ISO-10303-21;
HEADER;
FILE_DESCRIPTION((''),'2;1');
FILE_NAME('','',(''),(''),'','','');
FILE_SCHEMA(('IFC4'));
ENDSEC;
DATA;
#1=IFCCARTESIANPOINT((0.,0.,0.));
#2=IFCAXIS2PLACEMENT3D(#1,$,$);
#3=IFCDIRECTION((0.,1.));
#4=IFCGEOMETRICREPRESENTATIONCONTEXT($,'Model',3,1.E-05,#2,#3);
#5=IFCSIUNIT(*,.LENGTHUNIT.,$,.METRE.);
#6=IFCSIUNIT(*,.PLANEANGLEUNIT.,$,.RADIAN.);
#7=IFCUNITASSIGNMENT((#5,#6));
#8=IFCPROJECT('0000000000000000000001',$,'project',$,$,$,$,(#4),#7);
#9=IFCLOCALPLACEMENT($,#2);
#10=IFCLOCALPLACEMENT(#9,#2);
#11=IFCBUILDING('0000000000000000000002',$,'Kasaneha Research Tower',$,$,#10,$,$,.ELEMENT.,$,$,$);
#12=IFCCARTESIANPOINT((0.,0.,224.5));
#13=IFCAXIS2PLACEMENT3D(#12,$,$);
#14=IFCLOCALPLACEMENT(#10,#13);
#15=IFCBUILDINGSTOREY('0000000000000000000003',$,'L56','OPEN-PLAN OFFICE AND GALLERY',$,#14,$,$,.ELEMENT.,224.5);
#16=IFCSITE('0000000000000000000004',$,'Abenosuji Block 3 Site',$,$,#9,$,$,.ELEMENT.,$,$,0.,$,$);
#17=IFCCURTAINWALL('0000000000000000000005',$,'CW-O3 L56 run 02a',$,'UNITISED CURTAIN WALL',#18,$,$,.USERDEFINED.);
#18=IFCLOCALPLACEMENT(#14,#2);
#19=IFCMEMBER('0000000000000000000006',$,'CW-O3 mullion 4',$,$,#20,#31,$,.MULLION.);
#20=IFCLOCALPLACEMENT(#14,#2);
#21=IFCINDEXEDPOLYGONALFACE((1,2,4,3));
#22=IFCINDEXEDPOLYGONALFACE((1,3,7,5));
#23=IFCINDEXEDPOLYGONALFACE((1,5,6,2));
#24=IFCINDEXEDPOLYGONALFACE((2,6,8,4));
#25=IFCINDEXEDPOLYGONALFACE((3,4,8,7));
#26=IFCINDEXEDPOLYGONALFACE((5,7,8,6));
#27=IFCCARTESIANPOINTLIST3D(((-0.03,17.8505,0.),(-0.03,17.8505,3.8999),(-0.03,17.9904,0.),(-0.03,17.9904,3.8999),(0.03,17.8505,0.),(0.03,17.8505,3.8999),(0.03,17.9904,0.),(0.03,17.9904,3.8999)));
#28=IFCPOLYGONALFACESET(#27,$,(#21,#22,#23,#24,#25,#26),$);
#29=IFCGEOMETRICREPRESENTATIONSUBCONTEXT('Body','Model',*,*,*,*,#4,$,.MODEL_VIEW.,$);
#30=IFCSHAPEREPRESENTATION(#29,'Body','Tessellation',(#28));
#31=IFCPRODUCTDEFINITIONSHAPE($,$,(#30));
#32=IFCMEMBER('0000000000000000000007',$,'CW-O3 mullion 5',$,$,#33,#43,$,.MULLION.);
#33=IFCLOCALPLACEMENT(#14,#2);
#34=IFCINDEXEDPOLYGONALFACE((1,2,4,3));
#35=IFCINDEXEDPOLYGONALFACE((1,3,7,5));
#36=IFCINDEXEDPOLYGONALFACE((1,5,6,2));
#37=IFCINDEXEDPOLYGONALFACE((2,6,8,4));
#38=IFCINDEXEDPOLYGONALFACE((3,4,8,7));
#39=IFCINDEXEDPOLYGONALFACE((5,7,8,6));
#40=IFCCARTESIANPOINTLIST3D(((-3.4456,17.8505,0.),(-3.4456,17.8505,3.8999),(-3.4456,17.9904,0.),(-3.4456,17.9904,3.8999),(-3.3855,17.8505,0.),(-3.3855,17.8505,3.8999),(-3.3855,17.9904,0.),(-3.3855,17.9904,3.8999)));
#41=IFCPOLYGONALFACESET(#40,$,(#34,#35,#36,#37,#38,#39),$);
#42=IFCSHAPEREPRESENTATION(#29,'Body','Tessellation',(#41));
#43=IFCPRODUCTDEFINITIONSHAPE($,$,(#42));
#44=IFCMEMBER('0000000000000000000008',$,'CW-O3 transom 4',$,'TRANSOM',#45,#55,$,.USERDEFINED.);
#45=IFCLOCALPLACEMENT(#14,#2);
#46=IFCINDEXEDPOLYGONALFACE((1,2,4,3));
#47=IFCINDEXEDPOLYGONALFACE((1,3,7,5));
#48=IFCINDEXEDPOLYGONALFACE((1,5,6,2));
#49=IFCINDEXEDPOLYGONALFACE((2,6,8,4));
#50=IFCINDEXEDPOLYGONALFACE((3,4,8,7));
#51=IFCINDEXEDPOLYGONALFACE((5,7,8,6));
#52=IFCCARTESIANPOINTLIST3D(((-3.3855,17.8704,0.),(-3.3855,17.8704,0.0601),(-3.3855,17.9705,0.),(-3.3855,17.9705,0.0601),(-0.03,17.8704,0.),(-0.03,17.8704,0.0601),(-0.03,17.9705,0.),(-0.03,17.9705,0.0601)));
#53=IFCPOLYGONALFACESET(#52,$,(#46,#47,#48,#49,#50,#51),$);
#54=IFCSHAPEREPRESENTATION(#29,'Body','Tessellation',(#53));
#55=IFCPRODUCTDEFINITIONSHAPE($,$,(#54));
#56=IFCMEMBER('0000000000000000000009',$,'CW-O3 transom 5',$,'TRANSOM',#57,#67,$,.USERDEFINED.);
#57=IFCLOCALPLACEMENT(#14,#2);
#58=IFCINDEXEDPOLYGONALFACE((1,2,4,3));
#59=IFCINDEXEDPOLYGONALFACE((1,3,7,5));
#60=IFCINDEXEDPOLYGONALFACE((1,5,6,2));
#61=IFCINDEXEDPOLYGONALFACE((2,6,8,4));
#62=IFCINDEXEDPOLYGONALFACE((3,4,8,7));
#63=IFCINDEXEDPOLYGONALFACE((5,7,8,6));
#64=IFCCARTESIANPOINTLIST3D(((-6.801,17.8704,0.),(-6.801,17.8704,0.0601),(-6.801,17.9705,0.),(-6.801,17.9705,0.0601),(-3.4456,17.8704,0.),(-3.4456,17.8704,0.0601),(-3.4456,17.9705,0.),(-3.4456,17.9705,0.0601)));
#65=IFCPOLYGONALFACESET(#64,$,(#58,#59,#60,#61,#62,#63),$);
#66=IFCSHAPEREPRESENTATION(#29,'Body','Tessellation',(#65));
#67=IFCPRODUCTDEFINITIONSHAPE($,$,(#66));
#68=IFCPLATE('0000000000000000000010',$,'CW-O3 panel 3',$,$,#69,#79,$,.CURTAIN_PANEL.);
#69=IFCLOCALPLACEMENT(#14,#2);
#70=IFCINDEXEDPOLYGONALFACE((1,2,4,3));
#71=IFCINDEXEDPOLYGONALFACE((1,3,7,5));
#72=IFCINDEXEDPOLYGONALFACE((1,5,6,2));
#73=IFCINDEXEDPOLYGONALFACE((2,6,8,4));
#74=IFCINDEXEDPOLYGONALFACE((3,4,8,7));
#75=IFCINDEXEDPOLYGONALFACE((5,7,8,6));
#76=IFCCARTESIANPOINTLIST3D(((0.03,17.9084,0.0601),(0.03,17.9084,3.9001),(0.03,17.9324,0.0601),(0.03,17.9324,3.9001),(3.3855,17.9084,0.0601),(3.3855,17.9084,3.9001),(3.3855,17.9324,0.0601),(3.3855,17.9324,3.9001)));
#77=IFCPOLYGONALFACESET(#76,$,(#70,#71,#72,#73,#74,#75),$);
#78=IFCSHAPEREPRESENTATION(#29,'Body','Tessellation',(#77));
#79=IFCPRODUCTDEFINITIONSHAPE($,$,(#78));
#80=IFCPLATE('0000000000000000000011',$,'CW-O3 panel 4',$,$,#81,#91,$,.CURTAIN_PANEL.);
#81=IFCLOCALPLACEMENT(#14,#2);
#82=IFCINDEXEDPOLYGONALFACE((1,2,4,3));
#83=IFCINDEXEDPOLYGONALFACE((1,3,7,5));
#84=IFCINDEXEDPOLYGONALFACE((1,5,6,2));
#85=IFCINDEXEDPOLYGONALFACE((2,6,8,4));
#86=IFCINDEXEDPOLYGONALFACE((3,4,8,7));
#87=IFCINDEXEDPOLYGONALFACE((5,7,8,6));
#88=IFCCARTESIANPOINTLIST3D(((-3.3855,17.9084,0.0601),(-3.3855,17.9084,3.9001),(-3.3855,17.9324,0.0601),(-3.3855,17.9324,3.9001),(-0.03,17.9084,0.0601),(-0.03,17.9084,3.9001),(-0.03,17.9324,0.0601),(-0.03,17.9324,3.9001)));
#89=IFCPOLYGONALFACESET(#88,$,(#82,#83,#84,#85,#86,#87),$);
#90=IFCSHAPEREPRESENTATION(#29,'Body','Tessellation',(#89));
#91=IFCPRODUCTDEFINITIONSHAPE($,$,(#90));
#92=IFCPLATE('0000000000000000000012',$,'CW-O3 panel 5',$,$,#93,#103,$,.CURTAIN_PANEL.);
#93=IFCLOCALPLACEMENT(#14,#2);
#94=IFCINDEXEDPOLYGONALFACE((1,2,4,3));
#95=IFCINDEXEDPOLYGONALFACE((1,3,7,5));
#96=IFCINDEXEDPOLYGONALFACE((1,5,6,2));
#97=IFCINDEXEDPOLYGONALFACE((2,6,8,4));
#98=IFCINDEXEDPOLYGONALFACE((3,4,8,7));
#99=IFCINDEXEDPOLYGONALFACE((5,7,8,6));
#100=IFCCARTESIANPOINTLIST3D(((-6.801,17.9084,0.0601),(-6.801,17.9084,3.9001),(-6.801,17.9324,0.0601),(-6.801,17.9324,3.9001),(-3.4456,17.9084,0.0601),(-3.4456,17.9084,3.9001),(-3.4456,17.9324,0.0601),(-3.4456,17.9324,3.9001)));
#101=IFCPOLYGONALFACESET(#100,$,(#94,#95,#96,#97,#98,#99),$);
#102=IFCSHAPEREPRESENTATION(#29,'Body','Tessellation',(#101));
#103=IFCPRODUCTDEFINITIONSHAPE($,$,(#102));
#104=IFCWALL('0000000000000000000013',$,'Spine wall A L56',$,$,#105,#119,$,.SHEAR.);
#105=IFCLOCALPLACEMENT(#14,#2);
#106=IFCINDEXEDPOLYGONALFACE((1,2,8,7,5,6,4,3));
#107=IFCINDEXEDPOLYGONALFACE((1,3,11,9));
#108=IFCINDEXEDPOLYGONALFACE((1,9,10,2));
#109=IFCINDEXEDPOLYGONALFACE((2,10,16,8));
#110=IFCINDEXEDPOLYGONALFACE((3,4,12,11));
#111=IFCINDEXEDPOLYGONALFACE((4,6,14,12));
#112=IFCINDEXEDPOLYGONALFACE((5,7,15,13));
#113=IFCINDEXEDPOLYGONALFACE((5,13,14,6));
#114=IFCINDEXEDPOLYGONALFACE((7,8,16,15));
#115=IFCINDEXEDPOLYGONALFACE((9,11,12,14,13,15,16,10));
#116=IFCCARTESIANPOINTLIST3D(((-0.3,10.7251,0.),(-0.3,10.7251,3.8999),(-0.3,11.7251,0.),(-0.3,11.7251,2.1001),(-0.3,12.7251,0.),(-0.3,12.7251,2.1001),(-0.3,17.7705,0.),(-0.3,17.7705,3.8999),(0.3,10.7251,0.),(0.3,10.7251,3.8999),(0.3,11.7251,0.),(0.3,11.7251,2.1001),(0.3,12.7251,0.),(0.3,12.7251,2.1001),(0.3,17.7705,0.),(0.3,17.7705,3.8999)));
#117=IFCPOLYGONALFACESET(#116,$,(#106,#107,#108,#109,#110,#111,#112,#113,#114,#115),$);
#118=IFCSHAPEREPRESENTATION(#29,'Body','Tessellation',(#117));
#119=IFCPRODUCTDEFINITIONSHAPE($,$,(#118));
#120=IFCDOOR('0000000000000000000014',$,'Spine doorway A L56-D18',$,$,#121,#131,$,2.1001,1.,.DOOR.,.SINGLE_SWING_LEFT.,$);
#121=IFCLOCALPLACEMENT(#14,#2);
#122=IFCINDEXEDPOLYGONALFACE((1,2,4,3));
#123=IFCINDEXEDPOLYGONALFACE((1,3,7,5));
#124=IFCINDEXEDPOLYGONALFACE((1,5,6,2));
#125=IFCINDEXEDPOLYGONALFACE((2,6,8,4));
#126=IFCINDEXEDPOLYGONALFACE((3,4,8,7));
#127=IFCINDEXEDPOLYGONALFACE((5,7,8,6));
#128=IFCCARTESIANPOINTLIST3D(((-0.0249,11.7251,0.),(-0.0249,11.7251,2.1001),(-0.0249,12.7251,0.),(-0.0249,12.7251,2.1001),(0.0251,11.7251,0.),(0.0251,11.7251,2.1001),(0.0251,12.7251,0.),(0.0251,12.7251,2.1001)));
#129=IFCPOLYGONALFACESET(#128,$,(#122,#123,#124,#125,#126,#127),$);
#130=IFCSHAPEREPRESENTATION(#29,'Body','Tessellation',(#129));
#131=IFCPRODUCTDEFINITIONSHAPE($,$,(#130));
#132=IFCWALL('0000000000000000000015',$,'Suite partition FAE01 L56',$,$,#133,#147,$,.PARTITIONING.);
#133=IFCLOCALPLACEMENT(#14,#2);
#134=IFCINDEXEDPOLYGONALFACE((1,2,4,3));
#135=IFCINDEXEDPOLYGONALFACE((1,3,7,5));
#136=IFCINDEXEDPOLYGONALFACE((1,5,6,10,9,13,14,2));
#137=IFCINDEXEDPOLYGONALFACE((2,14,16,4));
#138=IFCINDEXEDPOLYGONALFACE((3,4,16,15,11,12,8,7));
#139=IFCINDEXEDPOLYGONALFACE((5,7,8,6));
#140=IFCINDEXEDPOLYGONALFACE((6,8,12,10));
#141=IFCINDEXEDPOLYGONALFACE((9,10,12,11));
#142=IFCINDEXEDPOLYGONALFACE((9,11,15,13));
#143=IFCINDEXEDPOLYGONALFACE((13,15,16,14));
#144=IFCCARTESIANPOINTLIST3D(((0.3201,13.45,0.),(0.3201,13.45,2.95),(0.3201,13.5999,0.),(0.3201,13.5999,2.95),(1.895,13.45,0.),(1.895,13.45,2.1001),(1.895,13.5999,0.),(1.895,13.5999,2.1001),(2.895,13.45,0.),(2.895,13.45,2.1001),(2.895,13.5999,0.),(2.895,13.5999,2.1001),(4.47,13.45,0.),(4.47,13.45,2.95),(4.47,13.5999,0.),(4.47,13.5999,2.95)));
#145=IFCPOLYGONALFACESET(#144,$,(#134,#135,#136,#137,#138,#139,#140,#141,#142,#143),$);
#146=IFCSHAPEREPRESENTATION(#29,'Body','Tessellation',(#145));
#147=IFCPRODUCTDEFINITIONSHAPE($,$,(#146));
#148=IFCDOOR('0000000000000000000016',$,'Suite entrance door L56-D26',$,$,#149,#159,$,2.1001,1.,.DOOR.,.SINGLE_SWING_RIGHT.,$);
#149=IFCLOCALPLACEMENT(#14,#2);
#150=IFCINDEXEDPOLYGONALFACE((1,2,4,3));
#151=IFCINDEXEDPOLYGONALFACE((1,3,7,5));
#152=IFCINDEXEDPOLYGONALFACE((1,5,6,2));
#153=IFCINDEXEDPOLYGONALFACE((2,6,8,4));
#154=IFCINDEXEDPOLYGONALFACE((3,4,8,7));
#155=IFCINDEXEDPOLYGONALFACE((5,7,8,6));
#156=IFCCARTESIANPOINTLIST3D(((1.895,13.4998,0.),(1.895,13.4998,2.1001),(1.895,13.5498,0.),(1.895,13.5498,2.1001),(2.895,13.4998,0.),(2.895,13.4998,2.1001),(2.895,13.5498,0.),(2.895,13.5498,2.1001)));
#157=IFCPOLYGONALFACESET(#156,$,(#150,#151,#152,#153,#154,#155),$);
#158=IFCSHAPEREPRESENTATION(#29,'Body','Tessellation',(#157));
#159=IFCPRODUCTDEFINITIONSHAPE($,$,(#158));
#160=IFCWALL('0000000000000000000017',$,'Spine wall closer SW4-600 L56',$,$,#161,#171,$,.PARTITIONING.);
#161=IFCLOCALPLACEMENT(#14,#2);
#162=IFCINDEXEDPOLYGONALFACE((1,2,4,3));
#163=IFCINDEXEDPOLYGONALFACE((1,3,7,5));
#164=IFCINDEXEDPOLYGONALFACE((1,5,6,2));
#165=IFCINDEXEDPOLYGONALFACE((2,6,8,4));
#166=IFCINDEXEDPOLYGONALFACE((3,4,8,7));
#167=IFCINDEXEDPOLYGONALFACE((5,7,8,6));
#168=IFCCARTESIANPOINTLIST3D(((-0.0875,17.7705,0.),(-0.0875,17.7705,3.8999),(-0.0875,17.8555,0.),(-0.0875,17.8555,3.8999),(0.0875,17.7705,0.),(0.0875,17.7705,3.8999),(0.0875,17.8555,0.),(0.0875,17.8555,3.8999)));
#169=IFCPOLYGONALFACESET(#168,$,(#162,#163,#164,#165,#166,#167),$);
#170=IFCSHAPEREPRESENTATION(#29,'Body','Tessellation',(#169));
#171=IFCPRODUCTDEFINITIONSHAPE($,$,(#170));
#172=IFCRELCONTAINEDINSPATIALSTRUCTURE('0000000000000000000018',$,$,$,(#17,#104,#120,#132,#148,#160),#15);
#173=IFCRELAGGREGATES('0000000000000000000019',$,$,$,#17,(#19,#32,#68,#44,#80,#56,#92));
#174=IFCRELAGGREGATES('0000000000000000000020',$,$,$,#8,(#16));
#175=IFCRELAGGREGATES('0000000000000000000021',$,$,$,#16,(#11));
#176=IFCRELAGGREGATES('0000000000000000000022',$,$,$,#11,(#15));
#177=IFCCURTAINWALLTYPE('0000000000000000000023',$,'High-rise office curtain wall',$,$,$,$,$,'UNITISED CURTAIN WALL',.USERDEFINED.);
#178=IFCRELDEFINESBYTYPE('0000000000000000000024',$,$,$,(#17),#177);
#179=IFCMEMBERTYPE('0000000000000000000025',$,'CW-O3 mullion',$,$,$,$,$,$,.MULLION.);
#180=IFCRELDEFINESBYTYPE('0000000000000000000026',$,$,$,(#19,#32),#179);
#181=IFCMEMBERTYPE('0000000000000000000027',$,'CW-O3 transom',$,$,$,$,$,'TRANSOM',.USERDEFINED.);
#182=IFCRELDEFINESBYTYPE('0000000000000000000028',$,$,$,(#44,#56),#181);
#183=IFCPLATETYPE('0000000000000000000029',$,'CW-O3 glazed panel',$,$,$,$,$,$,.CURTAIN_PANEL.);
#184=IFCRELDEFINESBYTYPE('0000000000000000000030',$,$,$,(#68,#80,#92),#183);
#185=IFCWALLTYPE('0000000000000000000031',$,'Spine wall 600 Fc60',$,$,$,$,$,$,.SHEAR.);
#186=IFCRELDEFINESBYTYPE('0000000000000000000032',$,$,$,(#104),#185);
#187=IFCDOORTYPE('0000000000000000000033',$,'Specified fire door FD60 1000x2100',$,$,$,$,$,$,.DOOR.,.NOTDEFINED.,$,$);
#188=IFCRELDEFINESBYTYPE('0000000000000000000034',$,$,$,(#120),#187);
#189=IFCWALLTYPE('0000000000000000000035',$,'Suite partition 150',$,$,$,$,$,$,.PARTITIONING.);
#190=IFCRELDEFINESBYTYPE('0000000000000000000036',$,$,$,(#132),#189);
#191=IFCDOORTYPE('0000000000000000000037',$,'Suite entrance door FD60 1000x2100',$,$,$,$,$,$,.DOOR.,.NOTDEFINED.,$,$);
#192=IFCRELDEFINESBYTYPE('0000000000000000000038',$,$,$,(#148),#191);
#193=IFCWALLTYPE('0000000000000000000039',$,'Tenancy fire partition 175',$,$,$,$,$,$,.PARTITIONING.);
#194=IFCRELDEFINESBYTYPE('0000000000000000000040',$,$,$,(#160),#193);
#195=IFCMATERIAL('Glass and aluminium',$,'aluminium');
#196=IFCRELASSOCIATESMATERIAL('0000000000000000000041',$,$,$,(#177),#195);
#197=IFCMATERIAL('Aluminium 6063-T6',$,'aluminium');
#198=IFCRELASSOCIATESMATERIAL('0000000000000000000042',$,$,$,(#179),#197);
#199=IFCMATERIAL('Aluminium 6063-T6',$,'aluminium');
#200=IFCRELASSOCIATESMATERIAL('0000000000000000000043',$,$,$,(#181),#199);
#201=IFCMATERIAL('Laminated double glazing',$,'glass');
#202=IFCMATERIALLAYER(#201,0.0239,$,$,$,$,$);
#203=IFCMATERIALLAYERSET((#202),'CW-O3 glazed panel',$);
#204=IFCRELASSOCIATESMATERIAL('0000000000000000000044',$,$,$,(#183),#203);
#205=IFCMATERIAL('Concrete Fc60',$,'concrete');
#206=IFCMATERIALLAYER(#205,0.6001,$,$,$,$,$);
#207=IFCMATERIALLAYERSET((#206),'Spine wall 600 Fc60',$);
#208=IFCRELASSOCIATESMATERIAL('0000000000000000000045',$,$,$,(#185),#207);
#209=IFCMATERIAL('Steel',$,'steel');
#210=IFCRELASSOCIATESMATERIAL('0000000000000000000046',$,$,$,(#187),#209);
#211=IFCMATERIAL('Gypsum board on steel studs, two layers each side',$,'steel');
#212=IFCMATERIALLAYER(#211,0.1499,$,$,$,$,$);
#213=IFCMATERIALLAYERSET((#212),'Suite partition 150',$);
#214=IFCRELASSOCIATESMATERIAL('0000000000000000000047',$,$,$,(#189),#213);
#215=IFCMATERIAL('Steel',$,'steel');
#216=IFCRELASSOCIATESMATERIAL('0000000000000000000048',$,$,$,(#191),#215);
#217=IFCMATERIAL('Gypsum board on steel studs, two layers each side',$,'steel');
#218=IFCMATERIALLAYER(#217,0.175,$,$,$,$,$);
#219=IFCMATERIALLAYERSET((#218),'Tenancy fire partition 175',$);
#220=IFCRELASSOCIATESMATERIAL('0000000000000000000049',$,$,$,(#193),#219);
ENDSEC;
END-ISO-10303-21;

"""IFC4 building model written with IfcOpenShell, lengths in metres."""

from ifc_helpers import new_model, si_unit, direction, frame, frame_2d, origin, origin_2d, place, context, subcontext, project, spatial, rectangle, extrude, material, layer, layer_set, material_profile, profile_set, type_object, element, fill, aggregate, save


model = new_model("IFC4")

# Units and contexts
model_context = context("Model", 3, precision=1e-05, world=origin(), true_north=direction((0.0, 1.0)))
body_context = subcontext(model_context, "Body", "Model", "MODEL_VIEW")
ifc_project = project(units=[si_unit("LENGTHUNIT", "METRE"), si_unit("PLANEANGLEUNIT", "RADIAN")], contexts=[model_context])

# Site, building, storey
site_placement = place(None, origin())
site = spatial("IfcSite", under=ifc_project, at=site_placement, Name="Abenosuji Block 3 Site", CompositionType="ELEMENT", RefElevation=0.0)
building_placement = place(site_placement, origin())
building = spatial("IfcBuilding", under=site, at=building_placement, Name="Kasaneha Research Tower", CompositionType="ELEMENT")
storey_placement = place(building_placement, frame((0.0, 0.0, 224.5)))
storey = spatial("IfcBuildingStorey", under=building, at=storey_placement, Name="L56", Description="OPEN-PLAN OFFICE AND GALLERY", CompositionType="ELEMENT", Elevation=224.5)

# Curtain wall, members, plates
ifc_material_1 = material(Name="Glass and aluminium", Category="aluminium")
curtain_wall_type = type_object("IfcCurtainWallType", Name="High-rise office curtain wall", ElementType="UNITISED CURTAIN WALL", PredefinedType="USERDEFINED", material=ifc_material_1)
curtain_wall_placement = place(storey_placement, origin())
curtain_wall = element("IfcCurtainWall", 1, at=curtain_wall_placement, inside=storey, type_object=curtain_wall_type, Name="CW-O3 L56 run 02a", ObjectType="UNITISED CURTAIN WALL", PredefinedType="USERDEFINED")
ifc_material_2 = material(Name="Aluminium 6063-T6", Category="aluminium")
ifc_material_profile_1 = material_profile(ifc_material_2, rectangle(XDim=0.0601, YDim=0.1399, at=origin_2d()), Name="CW-O3 mullion 60x140")
ifc_profile_set_1 = profile_set([ifc_material_profile_1], Name="Aluminium 6063-T6")
member_type_1 = type_object("IfcMemberType", Name="CW-O3 mullion", PredefinedType="MULLION", material=ifc_profile_set_1)
member_1_placement = place(storey_placement, frame((0.0, 17.9204, 0.0), z_axis=(0.0, 0.0, 1.0), x_axis=(-1.0, 0.0, 0.0)))
member_1 = element("IfcMember", 2, at=member_1_placement, type_object=member_type_1, Name="CW-O3 mullion 4", PredefinedType="MULLION", context=body_context, shape_type="SweptSolid", body=[
    extrude(rectangle(XDim=0.0601, YDim=0.1399, at=origin_2d()), origin(), (0.0, 0.0, 1.0), 3.8999),
])
member_2_placement = place(storey_placement, frame((-3.4155, 17.9204, 0.0), z_axis=(0.0, 0.0, 1.0), x_axis=(-1.0, 0.0, 0.0)))
member_2 = element("IfcMember", 3, at=member_2_placement, type_object=member_type_1, Name="CW-O3 mullion 5", PredefinedType="MULLION", context=body_context, shape_type="SweptSolid", body=[
    extrude(rectangle(XDim=0.0601, YDim=0.1399, at=origin_2d()), origin(), (0.0, 0.0, 1.0), 3.8999),
])
ifc_material_3 = material(Name="Aluminium 6063-T6", Category="aluminium")
ifc_material_profile_2 = material_profile(ifc_material_3, rectangle(XDim=0.1001, YDim=0.0601, at=origin_2d()), Name="CW-O3 transom 100x60")
ifc_profile_set_2 = profile_set([ifc_material_profile_2], Name="Aluminium 6063-T6")
member_type_2 = type_object("IfcMemberType", Name="CW-O3 transom", ElementType="TRANSOM", PredefinedType="USERDEFINED", material=ifc_profile_set_2)
member_3_placement = place(storey_placement, frame((-0.03, 17.9204, 0.03), z_axis=(-1.0, 0.0, 0.0), x_axis=(0.0, -1.0, 0.0)))
member_3 = element("IfcMember", 4, at=member_3_placement, type_object=member_type_2, Name="CW-O3 transom 4", ObjectType="TRANSOM", PredefinedType="USERDEFINED", context=body_context, shape_type="SweptSolid", body=[
    extrude(rectangle(XDim=0.1001, YDim=0.0601, at=origin_2d()), origin(), (0.0, 0.0, 1.0), 3.3555),
])
member_4_placement = place(storey_placement, frame((-3.4456, 17.9204, 0.03), z_axis=(-1.0, 0.0, 0.0), x_axis=(0.0, -1.0, 0.0)))
member_4 = element("IfcMember", 5, at=member_4_placement, type_object=member_type_2, Name="CW-O3 transom 5", ObjectType="TRANSOM", PredefinedType="USERDEFINED", context=body_context, shape_type="SweptSolid", body=[
    extrude(rectangle(XDim=0.1001, YDim=0.0601, at=origin_2d()), origin(), (0.0, 0.0, 1.0), 3.3555),
])
ifc_material_4 = material(Name="Laminated double glazing", Category="glass")
ifc_layer_1 = layer(ifc_material_4, 0.0239)
ifc_layer_set_1 = layer_set([ifc_layer_1], Name="CW-O3 glazed panel")
plate_type = type_object("IfcPlateType", Name="CW-O3 glazed panel", PredefinedType="CURTAIN_PANEL", material=ifc_layer_set_1)
plate_1_placement = place(storey_placement, frame((1.7078, 17.9204, 0.0601), z_axis=(0.0, 0.0, 1.0), x_axis=(-1.0, 0.0, 0.0)))
plate_1 = element("IfcPlate", 6, at=plate_1_placement, type_object=plate_type, Name="CW-O3 panel 3", PredefinedType="CURTAIN_PANEL", context=body_context, shape_type="SweptSolid", body=[
    extrude(rectangle(XDim=3.3555, YDim=0.0239, at=origin_2d()), origin(), (0.0, 0.0, 1.0), 3.8401),
])
plate_2_placement = place(storey_placement, frame((-1.7078, 17.9204, 0.0601), z_axis=(0.0, 0.0, 1.0), x_axis=(-1.0, 0.0, 0.0)))
plate_2 = element("IfcPlate", 7, at=plate_2_placement, type_object=plate_type, Name="CW-O3 panel 4", PredefinedType="CURTAIN_PANEL", context=body_context, shape_type="SweptSolid", body=[
    extrude(rectangle(XDim=3.3555, YDim=0.0239, at=origin_2d()), origin(), (0.0, 0.0, 1.0), 3.8401),
])
plate_3_placement = place(storey_placement, frame((-5.1233, 17.9204, 0.0601), z_axis=(0.0, 0.0, 1.0), x_axis=(-1.0, 0.0, 0.0)))
plate_3 = element("IfcPlate", 8, at=plate_3_placement, type_object=plate_type, Name="CW-O3 panel 5", PredefinedType="CURTAIN_PANEL", context=body_context, shape_type="SweptSolid", body=[
    extrude(rectangle(XDim=3.3555, YDim=0.0239, at=origin_2d()), origin(), (0.0, 0.0, 1.0), 3.8401),
])
aggregate(curtain_wall, [member_1, member_2, plate_1, member_3, plate_2, member_4, plate_3])

# Walls, openings, doors
ifc_material_5 = material(Name="Concrete Fc60", Category="concrete")
ifc_layer_2 = layer(ifc_material_5, 0.6001)
ifc_layer_set_2 = layer_set([ifc_layer_2], Name="Spine wall 600 Fc60")
wall_type_1 = type_object("IfcWallType", Name="Spine wall 600 Fc60", PredefinedType="SHEAR", material=ifc_layer_set_2)
wall_1_placement = place(storey_placement, frame((0.0, 10.7251, 0.0), z_axis=(0.0, 0.0, 1.0), x_axis=(0.0, 1.0, 0.0)))
wall_1 = element("IfcWall", 9, at=wall_1_placement, inside=storey, type_object=wall_type_1, Name="Spine wall A L56", PredefinedType="SHEAR", context=body_context, shape_type="SweptSolid", body=[
    extrude(rectangle(XDim=7.0454, YDim=0.6001, at=frame_2d((3.5227, 0.0))), origin(), (0.0, 0.0, 1.0), 3.8999),
])
opening_1_placement = place(wall_1_placement, frame((1.0, 0.0, 0.0)))
opening_1 = element("IfcOpeningElement", 10, at=opening_1_placement, cuts=wall_1, PredefinedType="OPENING", context=body_context, shape_type="SweptSolid", body=[
    extrude(rectangle(XDim=1.0, YDim=2.1001, at=frame_2d((0.5, 1.05))), frame((0.0, 0.3101, 0.0), z_axis=(0.0, -1.0, 0.0), x_axis=(1.0, 0.0, 0.0)), (0.0, 0.0, 1.0), 0.6201),
])
ifc_material_6 = material(Name="Steel", Category="steel")
door_type_1 = type_object("IfcDoorType", Name="Specified fire door FD60 1000x2100", OperationType="NOTDEFINED", PredefinedType="DOOR", material=ifc_material_6)
door_1_placement = place(opening_1_placement, origin())
door_1 = element("IfcDoor", 11, at=door_1_placement, inside=storey, type_object=door_type_1, Name="Spine doorway A L56-D18", OperationType="SINGLE_SWING_LEFT", OverallHeight=2.1001, OverallWidth=1.0, PredefinedType="DOOR", context=body_context, shape_type="SweptSolid", body=[
    extrude(rectangle(XDim=1.0, YDim=2.1001, at=frame_2d((0.5, 1.05))), frame((0.0, 0.0249, 0.0), z_axis=(0.0, -1.0, 0.0), x_axis=(1.0, 0.0, 0.0)), (0.0, 0.0, 1.0), 0.05),
])
fill(opening_1, door_1)
ifc_material_7 = material(Name="Gypsum board on steel studs, two layers each side", Category="steel")
ifc_layer_3 = layer(ifc_material_7, 0.1499)
ifc_layer_set_3 = layer_set([ifc_layer_3], Name="Suite partition 150")
wall_type_2 = type_object("IfcWallType", Name="Suite partition 150", PredefinedType="PARTITIONING", material=ifc_layer_set_3)
wall_2_placement = place(storey_placement, frame((0.3201, 13.5249, 0.0), z_axis=(0.0, 0.0, 1.0), x_axis=(1.0, 0.0, 0.0)))
wall_2 = element("IfcWall", 12, at=wall_2_placement, inside=storey, type_object=wall_type_2, Name="Suite partition FAE01 L56", PredefinedType="PARTITIONING", context=body_context, shape_type="SweptSolid", body=[
    extrude(rectangle(XDim=4.1499, YDim=0.1499, at=frame_2d((2.075, 0.0))), origin(), (0.0, 0.0, 1.0), 2.95),
])
opening_2_placement = place(wall_2_placement, frame((1.575, 0.0, 0.0)))
opening_2 = element("IfcOpeningElement", 13, at=opening_2_placement, cuts=wall_2, PredefinedType="OPENING", context=body_context, shape_type="SweptSolid", body=[
    extrude(rectangle(XDim=1.0, YDim=2.1001, at=frame_2d((0.5, 1.05))), frame((0.0, 0.085, 0.0), z_axis=(0.0, -1.0, 0.0), x_axis=(1.0, 0.0, 0.0)), (0.0, 0.0, 1.0), 0.1699),
])
ifc_material_8 = material(Name="Steel", Category="steel")
door_type_2 = type_object("IfcDoorType", Name="Suite entrance door FD60 1000x2100", OperationType="NOTDEFINED", PredefinedType="DOOR", material=ifc_material_8)
door_2_placement = place(opening_2_placement, origin())
door_2 = element("IfcDoor", 14, at=door_2_placement, inside=storey, type_object=door_type_2, Name="Suite entrance door L56-D26", OperationType="SINGLE_SWING_RIGHT", OverallHeight=2.1001, OverallWidth=1.0, PredefinedType="DOOR", context=body_context, shape_type="SweptSolid", body=[
    extrude(rectangle(XDim=1.0, YDim=2.1001, at=frame_2d((0.5, 1.05))), frame((0.0, 0.0249, 0.0), z_axis=(0.0, -1.0, 0.0), x_axis=(1.0, 0.0, 0.0)), (0.0, 0.0, 1.0), 0.05),
])
fill(opening_2, door_2)

# Wall
ifc_material_9 = material(Name="Gypsum board on steel studs, two layers each side", Category="steel")
ifc_layer_4 = layer(ifc_material_9, 0.175)
ifc_layer_set_4 = layer_set([ifc_layer_4], Name="Tenancy fire partition 175")
wall_type_3 = type_object("IfcWallType", Name="Tenancy fire partition 175", PredefinedType="PARTITIONING", material=ifc_layer_set_4)
wall_3_placement = place(storey_placement, frame((0.0, 17.7705, 0.0), z_axis=(0.0, 0.0, 1.0), x_axis=(0.0, 1.0, 0.0)))
element("IfcWall", 15, at=wall_3_placement, inside=storey, type_object=wall_type_3, Name="Spine wall closer SW4-600 L56", PredefinedType="PARTITIONING", context=body_context, shape_type="SweptSolid", body=[
    extrude(rectangle(XDim=0.085, YDim=0.175, at=frame_2d((0.0425, 0.0))), origin(), (0.0, 0.0, 1.0), 3.8999),
])

save(model, "model.ifc")
